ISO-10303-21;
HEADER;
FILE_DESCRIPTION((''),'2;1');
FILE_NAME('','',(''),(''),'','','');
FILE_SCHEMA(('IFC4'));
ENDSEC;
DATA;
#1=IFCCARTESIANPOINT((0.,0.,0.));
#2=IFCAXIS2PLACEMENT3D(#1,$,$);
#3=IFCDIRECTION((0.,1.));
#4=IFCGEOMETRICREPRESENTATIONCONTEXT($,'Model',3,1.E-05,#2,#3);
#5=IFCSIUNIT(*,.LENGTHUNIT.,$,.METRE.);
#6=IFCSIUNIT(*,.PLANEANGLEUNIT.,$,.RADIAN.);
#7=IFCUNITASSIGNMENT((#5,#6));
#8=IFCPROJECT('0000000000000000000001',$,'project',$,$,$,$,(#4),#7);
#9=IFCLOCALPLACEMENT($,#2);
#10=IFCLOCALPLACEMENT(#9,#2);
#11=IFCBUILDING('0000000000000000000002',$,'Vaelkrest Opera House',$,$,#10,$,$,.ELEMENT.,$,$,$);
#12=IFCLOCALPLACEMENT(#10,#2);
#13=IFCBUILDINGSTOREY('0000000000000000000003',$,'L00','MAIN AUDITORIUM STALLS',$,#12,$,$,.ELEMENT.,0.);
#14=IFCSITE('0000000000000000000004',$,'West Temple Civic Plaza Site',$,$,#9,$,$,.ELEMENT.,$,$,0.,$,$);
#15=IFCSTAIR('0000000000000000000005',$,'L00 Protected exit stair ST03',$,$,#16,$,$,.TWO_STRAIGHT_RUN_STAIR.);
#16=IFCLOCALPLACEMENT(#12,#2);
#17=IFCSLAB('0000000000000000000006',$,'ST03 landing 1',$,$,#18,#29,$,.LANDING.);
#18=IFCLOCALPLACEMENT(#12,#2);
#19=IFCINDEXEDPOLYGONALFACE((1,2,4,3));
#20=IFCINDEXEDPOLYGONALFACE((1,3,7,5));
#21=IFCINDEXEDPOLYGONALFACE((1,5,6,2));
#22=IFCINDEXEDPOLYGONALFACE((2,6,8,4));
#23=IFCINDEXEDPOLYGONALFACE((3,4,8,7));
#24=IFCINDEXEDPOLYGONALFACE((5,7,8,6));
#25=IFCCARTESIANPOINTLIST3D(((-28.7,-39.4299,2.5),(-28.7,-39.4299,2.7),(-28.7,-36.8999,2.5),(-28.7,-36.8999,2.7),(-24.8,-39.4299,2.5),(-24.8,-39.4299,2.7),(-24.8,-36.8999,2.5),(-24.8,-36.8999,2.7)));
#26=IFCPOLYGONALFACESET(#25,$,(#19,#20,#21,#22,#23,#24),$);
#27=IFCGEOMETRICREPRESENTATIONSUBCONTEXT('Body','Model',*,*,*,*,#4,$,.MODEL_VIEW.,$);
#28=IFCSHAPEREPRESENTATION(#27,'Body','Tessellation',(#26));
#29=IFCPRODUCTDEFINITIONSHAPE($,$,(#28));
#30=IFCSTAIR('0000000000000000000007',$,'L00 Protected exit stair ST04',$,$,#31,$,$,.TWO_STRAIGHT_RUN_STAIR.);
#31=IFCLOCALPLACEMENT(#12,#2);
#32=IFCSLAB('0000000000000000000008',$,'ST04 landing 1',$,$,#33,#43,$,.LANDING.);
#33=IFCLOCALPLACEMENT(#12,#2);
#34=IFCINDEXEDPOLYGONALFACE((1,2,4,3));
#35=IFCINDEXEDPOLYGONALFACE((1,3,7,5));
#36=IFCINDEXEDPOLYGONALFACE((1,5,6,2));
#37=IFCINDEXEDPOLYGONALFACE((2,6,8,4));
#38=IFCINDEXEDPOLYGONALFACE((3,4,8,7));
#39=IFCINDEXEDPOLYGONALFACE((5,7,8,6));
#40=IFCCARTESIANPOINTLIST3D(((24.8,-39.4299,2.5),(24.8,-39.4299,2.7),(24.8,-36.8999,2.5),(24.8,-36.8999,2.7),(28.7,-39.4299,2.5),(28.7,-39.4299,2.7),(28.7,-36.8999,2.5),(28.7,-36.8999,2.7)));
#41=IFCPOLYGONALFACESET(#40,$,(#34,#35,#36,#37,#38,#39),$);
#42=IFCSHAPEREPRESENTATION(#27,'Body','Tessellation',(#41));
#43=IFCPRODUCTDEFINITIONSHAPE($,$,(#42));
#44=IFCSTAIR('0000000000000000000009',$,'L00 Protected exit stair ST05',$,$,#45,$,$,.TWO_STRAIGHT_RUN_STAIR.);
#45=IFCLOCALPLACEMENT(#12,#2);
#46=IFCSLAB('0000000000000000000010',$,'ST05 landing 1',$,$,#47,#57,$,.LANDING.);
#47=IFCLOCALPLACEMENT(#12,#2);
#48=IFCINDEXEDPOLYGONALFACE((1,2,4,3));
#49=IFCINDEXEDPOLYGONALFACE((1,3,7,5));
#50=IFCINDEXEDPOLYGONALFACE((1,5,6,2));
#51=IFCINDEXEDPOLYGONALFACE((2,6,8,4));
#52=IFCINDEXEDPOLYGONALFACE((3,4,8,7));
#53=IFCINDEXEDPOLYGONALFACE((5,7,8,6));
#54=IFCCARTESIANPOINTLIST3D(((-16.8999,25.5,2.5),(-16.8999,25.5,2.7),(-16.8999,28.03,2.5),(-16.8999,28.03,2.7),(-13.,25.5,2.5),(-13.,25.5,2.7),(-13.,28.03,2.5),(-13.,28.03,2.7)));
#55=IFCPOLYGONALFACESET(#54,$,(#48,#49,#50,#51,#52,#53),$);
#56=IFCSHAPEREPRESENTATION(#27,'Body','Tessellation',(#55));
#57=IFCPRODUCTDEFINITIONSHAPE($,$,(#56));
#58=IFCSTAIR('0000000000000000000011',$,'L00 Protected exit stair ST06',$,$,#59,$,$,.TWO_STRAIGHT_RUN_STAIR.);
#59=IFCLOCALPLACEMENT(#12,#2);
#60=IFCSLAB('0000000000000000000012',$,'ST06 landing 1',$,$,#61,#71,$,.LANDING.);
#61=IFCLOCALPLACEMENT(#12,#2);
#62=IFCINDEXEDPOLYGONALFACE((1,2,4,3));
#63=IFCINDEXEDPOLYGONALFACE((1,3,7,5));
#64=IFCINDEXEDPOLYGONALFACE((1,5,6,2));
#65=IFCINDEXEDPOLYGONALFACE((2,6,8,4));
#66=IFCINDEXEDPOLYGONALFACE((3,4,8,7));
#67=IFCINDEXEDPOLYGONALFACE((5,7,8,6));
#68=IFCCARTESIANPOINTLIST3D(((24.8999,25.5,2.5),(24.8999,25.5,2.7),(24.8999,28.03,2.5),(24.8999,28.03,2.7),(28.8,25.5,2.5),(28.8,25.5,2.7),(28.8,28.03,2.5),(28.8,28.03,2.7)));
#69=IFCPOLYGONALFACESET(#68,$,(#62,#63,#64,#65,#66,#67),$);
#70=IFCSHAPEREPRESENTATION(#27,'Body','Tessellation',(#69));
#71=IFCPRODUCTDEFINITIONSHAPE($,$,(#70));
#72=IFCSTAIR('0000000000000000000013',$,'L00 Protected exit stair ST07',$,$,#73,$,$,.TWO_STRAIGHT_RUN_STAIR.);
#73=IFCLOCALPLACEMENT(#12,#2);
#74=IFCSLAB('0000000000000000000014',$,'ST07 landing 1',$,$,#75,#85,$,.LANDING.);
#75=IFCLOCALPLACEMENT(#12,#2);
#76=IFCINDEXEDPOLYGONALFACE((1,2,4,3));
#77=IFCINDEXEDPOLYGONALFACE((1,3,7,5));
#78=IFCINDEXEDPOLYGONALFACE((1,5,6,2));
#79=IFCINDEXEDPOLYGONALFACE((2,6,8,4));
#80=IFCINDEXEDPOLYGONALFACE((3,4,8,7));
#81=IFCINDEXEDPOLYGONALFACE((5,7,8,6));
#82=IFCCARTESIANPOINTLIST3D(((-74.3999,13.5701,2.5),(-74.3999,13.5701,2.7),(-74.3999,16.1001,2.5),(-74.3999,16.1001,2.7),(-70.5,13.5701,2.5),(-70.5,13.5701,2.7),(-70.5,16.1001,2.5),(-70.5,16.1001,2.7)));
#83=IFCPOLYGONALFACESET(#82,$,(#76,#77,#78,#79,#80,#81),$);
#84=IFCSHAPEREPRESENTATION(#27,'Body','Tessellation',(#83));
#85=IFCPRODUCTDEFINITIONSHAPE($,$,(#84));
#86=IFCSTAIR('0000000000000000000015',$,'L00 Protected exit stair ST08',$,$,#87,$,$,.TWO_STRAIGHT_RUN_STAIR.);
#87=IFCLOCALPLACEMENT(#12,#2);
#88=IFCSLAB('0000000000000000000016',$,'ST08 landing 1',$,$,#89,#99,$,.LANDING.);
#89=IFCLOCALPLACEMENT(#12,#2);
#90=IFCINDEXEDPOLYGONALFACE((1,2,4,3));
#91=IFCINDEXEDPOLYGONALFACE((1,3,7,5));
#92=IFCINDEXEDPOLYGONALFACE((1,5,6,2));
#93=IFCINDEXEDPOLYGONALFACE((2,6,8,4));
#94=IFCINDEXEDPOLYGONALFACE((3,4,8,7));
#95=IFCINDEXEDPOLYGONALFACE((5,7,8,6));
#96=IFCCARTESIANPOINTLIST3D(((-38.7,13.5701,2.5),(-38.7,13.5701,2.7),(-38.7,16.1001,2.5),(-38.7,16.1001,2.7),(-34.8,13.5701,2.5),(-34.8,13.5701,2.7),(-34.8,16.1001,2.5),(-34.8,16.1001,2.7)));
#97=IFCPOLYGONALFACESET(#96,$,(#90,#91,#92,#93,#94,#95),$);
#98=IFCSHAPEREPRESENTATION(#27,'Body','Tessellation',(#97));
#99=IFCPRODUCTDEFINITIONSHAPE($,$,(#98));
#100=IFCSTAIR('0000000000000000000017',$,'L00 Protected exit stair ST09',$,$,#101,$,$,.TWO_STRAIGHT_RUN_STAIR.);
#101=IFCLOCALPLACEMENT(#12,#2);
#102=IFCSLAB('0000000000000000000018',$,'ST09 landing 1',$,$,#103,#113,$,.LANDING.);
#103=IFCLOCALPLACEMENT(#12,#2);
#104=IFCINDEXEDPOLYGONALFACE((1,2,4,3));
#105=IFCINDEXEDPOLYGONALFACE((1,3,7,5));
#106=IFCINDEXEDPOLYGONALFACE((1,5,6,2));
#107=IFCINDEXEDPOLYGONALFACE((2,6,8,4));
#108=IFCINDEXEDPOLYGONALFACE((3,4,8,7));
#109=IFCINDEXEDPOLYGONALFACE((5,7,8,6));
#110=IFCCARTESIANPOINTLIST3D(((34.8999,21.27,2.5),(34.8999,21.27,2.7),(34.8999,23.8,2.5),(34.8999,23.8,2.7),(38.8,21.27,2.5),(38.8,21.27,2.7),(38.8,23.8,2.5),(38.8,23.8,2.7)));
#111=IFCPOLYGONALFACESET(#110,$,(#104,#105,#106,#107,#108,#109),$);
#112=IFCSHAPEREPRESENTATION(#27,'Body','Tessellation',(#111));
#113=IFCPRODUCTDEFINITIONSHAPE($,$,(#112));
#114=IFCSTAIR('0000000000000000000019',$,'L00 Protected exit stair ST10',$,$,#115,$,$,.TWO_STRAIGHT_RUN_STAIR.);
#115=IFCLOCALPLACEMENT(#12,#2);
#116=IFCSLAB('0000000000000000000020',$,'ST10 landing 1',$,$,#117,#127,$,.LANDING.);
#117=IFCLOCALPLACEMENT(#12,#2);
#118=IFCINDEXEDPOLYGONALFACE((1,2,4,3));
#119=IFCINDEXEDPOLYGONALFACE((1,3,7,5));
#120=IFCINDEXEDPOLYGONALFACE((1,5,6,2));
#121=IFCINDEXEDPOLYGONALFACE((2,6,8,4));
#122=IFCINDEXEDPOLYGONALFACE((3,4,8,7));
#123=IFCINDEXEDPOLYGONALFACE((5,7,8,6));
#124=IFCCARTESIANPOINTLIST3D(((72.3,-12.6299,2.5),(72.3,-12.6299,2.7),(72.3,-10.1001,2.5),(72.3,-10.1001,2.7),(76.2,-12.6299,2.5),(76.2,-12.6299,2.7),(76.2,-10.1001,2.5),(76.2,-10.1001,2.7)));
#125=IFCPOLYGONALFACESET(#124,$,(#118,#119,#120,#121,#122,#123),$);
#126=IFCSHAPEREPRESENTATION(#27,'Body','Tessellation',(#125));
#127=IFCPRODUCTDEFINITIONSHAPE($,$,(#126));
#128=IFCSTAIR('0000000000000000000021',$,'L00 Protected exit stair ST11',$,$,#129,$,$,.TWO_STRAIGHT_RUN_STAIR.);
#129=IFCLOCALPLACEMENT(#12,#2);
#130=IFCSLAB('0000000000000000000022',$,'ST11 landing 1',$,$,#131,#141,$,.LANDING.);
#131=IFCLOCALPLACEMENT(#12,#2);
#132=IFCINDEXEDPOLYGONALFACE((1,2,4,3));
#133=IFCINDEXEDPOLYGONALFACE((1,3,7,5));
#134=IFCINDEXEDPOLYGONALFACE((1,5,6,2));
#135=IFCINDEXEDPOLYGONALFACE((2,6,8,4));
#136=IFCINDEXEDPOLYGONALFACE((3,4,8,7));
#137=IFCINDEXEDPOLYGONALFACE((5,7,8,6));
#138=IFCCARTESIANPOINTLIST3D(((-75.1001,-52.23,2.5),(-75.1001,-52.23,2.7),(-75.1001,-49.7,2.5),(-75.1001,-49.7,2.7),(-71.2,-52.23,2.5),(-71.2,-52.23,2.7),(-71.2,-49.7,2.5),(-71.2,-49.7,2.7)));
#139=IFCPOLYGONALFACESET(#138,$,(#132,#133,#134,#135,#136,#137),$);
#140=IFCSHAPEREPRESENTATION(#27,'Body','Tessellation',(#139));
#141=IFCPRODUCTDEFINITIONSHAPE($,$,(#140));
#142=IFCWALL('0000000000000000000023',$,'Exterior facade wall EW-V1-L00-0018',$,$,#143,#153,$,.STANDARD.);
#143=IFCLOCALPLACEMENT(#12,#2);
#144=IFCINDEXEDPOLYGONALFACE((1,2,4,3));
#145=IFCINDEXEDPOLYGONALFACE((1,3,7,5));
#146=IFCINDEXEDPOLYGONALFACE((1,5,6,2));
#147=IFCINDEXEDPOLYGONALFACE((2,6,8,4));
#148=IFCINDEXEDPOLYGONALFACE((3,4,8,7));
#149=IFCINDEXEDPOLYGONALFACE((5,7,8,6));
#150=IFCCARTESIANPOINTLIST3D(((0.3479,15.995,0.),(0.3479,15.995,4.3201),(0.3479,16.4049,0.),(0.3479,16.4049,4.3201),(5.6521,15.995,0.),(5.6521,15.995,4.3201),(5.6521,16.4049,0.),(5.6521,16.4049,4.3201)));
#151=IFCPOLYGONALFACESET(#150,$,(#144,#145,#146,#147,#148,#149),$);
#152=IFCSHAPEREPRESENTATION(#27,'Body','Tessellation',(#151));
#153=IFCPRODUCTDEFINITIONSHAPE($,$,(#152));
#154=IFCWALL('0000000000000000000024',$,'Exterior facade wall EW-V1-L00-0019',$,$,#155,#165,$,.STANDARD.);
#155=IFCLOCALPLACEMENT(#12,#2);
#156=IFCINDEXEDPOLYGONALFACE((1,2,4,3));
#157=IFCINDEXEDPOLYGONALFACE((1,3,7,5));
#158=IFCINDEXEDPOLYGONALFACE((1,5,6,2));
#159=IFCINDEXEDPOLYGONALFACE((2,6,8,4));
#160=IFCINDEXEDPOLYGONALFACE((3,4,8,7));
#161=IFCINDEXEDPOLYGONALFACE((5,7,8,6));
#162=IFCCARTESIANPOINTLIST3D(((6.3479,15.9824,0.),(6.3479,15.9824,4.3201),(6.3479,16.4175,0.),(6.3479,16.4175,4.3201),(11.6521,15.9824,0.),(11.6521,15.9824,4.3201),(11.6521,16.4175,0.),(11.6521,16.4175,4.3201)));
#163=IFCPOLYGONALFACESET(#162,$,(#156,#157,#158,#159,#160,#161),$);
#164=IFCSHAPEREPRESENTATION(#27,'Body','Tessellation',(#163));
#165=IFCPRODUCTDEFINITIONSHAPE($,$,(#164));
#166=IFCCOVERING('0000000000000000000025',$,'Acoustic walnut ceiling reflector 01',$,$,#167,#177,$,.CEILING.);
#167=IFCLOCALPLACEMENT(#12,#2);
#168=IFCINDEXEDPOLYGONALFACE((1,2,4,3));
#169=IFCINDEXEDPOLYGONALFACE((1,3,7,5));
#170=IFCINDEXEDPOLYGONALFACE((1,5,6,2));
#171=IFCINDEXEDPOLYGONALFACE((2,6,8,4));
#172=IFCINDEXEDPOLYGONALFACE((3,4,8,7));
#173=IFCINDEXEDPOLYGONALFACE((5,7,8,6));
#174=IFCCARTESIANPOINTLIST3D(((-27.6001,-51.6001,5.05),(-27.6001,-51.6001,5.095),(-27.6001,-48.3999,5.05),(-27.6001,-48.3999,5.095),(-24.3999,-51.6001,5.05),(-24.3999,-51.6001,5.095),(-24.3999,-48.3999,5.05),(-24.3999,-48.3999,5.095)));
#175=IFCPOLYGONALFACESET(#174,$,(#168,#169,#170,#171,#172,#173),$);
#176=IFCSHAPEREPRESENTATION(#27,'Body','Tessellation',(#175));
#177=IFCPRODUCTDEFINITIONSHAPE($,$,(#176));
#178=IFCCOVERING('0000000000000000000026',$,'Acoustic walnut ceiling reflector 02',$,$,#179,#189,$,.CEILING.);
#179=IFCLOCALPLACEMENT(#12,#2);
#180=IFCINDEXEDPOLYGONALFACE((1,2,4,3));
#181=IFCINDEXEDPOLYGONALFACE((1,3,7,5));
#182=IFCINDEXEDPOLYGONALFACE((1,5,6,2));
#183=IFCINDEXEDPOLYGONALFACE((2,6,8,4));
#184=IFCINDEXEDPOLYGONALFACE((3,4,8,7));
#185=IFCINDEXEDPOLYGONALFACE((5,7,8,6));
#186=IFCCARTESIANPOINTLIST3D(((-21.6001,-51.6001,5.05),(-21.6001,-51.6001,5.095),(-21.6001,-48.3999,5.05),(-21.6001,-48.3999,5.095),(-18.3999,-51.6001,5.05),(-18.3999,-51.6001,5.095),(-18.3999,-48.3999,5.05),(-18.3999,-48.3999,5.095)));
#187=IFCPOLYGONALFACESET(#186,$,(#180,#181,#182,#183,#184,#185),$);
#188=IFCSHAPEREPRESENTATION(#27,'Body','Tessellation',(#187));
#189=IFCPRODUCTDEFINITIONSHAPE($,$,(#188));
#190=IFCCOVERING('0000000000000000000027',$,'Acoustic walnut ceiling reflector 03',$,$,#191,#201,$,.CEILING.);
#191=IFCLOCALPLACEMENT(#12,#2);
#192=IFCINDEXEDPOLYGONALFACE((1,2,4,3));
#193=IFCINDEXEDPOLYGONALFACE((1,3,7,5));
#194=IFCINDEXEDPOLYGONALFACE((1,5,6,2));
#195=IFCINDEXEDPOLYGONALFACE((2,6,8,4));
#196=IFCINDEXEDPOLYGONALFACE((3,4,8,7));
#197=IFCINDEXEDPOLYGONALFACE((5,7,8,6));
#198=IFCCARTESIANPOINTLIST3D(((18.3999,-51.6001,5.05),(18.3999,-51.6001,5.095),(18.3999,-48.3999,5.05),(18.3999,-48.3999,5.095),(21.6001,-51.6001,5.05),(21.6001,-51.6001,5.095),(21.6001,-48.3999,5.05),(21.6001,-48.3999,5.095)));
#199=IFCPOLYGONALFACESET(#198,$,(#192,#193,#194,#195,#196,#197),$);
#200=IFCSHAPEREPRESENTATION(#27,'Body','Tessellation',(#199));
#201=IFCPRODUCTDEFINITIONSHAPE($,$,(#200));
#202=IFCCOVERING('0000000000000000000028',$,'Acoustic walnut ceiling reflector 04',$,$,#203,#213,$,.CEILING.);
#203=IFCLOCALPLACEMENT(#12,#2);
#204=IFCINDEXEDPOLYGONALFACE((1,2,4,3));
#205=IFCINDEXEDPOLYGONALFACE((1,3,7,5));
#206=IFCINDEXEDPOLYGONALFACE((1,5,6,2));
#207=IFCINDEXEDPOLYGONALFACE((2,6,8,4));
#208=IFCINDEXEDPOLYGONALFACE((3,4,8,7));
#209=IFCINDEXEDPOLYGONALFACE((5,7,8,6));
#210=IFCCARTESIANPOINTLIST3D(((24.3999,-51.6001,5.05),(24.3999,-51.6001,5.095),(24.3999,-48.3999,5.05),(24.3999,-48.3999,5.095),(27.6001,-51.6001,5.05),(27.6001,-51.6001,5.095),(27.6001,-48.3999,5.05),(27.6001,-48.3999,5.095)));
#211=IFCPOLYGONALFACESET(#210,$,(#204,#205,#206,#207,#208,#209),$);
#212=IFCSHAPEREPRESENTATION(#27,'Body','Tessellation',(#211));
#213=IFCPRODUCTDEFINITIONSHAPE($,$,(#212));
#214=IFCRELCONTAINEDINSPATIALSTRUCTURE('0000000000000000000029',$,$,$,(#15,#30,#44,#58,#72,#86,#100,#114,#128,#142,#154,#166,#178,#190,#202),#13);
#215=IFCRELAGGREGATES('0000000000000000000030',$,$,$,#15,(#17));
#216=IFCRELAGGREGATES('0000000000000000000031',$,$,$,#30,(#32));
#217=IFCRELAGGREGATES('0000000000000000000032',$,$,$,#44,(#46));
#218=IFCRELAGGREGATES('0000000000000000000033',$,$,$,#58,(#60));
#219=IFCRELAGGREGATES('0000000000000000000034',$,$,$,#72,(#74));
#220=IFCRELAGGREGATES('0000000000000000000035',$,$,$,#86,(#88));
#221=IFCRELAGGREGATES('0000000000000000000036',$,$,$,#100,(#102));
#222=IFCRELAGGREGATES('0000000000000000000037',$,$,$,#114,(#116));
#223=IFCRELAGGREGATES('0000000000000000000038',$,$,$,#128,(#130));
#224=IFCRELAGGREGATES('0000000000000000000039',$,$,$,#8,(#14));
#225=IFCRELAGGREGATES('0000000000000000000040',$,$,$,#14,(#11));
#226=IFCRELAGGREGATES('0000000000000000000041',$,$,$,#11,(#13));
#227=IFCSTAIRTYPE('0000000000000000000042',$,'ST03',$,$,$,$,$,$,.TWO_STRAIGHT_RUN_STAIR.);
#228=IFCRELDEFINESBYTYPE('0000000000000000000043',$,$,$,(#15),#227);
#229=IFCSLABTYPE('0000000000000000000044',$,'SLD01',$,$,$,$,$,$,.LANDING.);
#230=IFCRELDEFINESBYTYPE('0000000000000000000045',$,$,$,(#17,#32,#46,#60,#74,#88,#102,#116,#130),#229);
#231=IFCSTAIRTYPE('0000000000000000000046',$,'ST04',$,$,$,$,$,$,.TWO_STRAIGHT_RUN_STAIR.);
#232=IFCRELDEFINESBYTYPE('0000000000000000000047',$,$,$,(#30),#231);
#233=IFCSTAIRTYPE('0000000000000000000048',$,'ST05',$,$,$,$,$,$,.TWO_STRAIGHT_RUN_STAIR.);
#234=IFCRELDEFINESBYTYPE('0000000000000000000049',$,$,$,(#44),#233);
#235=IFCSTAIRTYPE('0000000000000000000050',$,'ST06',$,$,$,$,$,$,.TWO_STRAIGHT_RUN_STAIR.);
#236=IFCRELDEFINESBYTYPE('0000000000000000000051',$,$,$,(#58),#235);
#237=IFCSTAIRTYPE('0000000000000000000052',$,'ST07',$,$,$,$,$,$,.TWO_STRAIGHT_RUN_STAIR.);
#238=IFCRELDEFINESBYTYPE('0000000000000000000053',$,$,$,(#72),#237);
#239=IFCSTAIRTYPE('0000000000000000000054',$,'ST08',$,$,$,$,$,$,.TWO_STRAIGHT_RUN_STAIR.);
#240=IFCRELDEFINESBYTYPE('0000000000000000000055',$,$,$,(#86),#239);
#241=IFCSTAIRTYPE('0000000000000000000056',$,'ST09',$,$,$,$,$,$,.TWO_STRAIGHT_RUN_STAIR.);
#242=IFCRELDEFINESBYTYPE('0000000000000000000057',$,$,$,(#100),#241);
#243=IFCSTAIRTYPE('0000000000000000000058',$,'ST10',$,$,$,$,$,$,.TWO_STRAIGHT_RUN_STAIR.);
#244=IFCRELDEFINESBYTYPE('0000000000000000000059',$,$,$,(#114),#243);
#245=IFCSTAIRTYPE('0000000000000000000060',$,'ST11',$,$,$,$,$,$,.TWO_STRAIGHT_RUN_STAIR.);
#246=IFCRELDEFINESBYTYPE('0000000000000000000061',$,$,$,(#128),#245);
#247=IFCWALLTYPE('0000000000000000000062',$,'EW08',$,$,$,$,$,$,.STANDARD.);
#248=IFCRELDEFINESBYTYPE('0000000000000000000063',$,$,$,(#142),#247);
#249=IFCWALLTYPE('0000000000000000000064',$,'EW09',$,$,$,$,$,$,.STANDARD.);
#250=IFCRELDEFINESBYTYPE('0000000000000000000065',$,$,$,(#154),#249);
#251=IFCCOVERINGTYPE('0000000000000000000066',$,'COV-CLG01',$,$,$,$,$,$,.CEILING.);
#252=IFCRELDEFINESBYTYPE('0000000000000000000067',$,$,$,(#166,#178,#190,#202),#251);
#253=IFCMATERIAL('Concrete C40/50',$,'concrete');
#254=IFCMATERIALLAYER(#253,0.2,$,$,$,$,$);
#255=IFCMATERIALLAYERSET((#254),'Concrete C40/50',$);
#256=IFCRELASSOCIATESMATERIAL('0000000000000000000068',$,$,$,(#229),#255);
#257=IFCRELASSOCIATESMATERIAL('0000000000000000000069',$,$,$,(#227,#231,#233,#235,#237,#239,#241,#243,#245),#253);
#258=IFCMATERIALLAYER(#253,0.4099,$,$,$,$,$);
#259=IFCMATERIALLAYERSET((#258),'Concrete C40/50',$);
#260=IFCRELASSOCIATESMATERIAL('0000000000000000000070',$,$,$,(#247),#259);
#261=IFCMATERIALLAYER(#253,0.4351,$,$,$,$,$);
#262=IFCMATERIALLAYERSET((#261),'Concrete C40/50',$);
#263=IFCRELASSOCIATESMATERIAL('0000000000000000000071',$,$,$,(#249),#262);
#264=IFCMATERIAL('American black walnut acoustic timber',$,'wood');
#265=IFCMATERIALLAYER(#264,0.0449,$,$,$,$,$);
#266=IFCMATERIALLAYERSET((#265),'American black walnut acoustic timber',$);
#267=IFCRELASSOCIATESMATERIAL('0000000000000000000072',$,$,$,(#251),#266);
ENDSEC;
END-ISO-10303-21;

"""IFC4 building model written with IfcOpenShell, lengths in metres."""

from ifc_helpers import new_model, si_unit, direction, frame, frame_2d, origin, place, context, subcontext, project, spatial, polyline, rectangle, outline, extrude, material, layer, layer_set, type_object, element, aggregate, save


model = new_model("IFC4")

# Units and contexts
model_context = context("Model", 3, precision=1e-05, world=origin(), true_north=direction((0.0, 1.0)))
body_context = subcontext(model_context, "Body", "Model", "MODEL_VIEW")
ifc_project = project(units=[si_unit("LENGTHUNIT", "METRE"), si_unit("PLANEANGLEUNIT", "RADIAN")], contexts=[model_context])

# Site, building, storey
site_placement = place(None, origin())
site = spatial("IfcSite", under=ifc_project, at=site_placement, Name="West Temple Civic Plaza Site", CompositionType="ELEMENT", RefElevation=0.0)
building_placement = place(site_placement, origin())
building = spatial("IfcBuilding", under=site, at=building_placement, Name="Vaelkrest Opera House", CompositionType="ELEMENT")
storey_placement = place(building_placement, origin())
storey = spatial("IfcBuildingStorey", under=building, at=storey_placement, Name="L00", Description="MAIN AUDITORIUM STALLS", CompositionType="ELEMENT", Elevation=0.0)

# Stairs, slabs
ifc_material_1 = material(Name="Concrete C40/50", Category="concrete")
ifc_layer_1 = layer(ifc_material_1, 0.2)
ifc_layer_set_1 = layer_set([ifc_layer_1], Name="Concrete C40/50")
slab_type = type_object("IfcSlabType", Name="SLD01", PredefinedType="LANDING", material=ifc_layer_set_1)
stair_type_1 = type_object("IfcStairType", Name="ST03", PredefinedType="TWO_STRAIGHT_RUN_STAIR", material=ifc_material_1)
stair_1_placement = place(storey_placement, origin())
stair_1 = element("IfcStair", 1, at=stair_1_placement, inside=storey, type_object=stair_type_1, Name="L00 Protected exit stair ST03", PredefinedType="TWO_STRAIGHT_RUN_STAIR")
slab_1_placement = place(storey_placement, frame((0.0, 0.0, 2.5)))
slab_1 = element("IfcSlab", 2, at=slab_1_placement, type_object=slab_type, Name="ST03 landing 1", PredefinedType="LANDING", context=body_context, shape_type="SweptSolid", body=[
    extrude(outline(polyline([(-24.8, -39.4299), (-24.8, -36.8999), (-28.7, -36.8999), (-28.7, -39.4299), (-24.8, -39.4299)])), origin(), (0.0, 0.0, 1.0), 0.2),
])
aggregate(stair_1, [slab_1])
stair_type_2 = type_object("IfcStairType", Name="ST04", PredefinedType="TWO_STRAIGHT_RUN_STAIR", material=ifc_material_1)
stair_2_placement = place(storey_placement, origin())
stair_2 = element("IfcStair", 3, at=stair_2_placement, inside=storey, type_object=stair_type_2, Name="L00 Protected exit stair ST04", PredefinedType="TWO_STRAIGHT_RUN_STAIR")
slab_2_placement = place(storey_placement, frame((0.0, 0.0, 2.5)))
slab_2 = element("IfcSlab", 4, at=slab_2_placement, type_object=slab_type, Name="ST04 landing 1", PredefinedType="LANDING", context=body_context, shape_type="SweptSolid", body=[
    extrude(outline(polyline([(28.7, -39.4299), (28.7, -36.8999), (24.8, -36.8999), (24.8, -39.4299), (28.7, -39.4299)])), origin(), (0.0, 0.0, 1.0), 0.2),
])
aggregate(stair_2, [slab_2])
stair_type_3 = type_object("IfcStairType", Name="ST05", PredefinedType="TWO_STRAIGHT_RUN_STAIR", material=ifc_material_1)
stair_3_placement = place(storey_placement, origin())
stair_3 = element("IfcStair", 5, at=stair_3_placement, inside=storey, type_object=stair_type_3, Name="L00 Protected exit stair ST05", PredefinedType="TWO_STRAIGHT_RUN_STAIR")
slab_3_placement = place(storey_placement, frame((0.0, 0.0, 2.5)))
slab_3 = element("IfcSlab", 6, at=slab_3_placement, type_object=slab_type, Name="ST05 landing 1", PredefinedType="LANDING", context=body_context, shape_type="SweptSolid", body=[
    extrude(outline(polyline([(-16.8999, 28.03), (-16.8999, 25.5), (-13.0, 25.5), (-13.0, 28.03), (-16.8999, 28.03)])), origin(), (0.0, 0.0, 1.0), 0.2),
])
aggregate(stair_3, [slab_3])
stair_type_4 = type_object("IfcStairType", Name="ST06", PredefinedType="TWO_STRAIGHT_RUN_STAIR", material=ifc_material_1)
stair_4_placement = place(storey_placement, origin())
stair_4 = element("IfcStair", 7, at=stair_4_placement, inside=storey, type_object=stair_type_4, Name="L00 Protected exit stair ST06", PredefinedType="TWO_STRAIGHT_RUN_STAIR")
slab_4_placement = place(storey_placement, frame((0.0, 0.0, 2.5)))
slab_4 = element("IfcSlab", 8, at=slab_4_placement, type_object=slab_type, Name="ST06 landing 1", PredefinedType="LANDING", context=body_context, shape_type="SweptSolid", body=[
    extrude(outline(polyline([(24.8999, 28.03), (24.8999, 25.5), (28.8, 25.5), (28.8, 28.03), (24.8999, 28.03)])), origin(), (0.0, 0.0, 1.0), 0.2),
])
aggregate(stair_4, [slab_4])
stair_type_5 = type_object("IfcStairType", Name="ST07", PredefinedType="TWO_STRAIGHT_RUN_STAIR", material=ifc_material_1)
stair_5_placement = place(storey_placement, origin())
stair_5 = element("IfcStair", 9, at=stair_5_placement, inside=storey, type_object=stair_type_5, Name="L00 Protected exit stair ST07", PredefinedType="TWO_STRAIGHT_RUN_STAIR")
slab_5_placement = place(storey_placement, frame((0.0, 0.0, 2.5)))
slab_5 = element("IfcSlab", 10, at=slab_5_placement, type_object=slab_type, Name="ST07 landing 1", PredefinedType="LANDING", context=body_context, shape_type="SweptSolid", body=[
    extrude(outline(polyline([(-70.5, 13.5701), (-70.5, 16.1001), (-74.3999, 16.1001), (-74.3999, 13.5701), (-70.5, 13.5701)])), origin(), (0.0, 0.0, 1.0), 0.2),
])
aggregate(stair_5, [slab_5])
stair_type_6 = type_object("IfcStairType", Name="ST08", PredefinedType="TWO_STRAIGHT_RUN_STAIR", material=ifc_material_1)
stair_6_placement = place(storey_placement, origin())
stair_6 = element("IfcStair", 11, at=stair_6_placement, inside=storey, type_object=stair_type_6, Name="L00 Protected exit stair ST08", PredefinedType="TWO_STRAIGHT_RUN_STAIR")
slab_6_placement = place(storey_placement, frame((0.0, 0.0, 2.5)))
slab_6 = element("IfcSlab", 12, at=slab_6_placement, type_object=slab_type, Name="ST08 landing 1", PredefinedType="LANDING", context=body_context, shape_type="SweptSolid", body=[
    extrude(outline(polyline([(-34.8, 13.5701), (-34.8, 16.1001), (-38.7, 16.1001), (-38.7, 13.5701), (-34.8, 13.5701)])), origin(), (0.0, 0.0, 1.0), 0.2),
])
aggregate(stair_6, [slab_6])
stair_type_7 = type_object("IfcStairType", Name="ST09", PredefinedType="TWO_STRAIGHT_RUN_STAIR", material=ifc_material_1)
stair_7_placement = place(storey_placement, origin())
stair_7 = element("IfcStair", 13, at=stair_7_placement, inside=storey, type_object=stair_type_7, Name="L00 Protected exit stair ST09", PredefinedType="TWO_STRAIGHT_RUN_STAIR")
slab_7_placement = place(storey_placement, frame((0.0, 0.0, 2.5)))
slab_7 = element("IfcSlab", 14, at=slab_7_placement, type_object=slab_type, Name="ST09 landing 1", PredefinedType="LANDING", context=body_context, shape_type="SweptSolid", body=[
    extrude(outline(polyline([(38.8, 21.27), (38.8, 23.8), (34.8999, 23.8), (34.8999, 21.27), (38.8, 21.27)])), origin(), (0.0, 0.0, 1.0), 0.2),
])
aggregate(stair_7, [slab_7])
stair_type_8 = type_object("IfcStairType", Name="ST10", PredefinedType="TWO_STRAIGHT_RUN_STAIR", material=ifc_material_1)
stair_8_placement = place(storey_placement, origin())
stair_8 = element("IfcStair", 15, at=stair_8_placement, inside=storey, type_object=stair_type_8, Name="L00 Protected exit stair ST10", PredefinedType="TWO_STRAIGHT_RUN_STAIR")
slab_8_placement = place(storey_placement, frame((0.0, 0.0, 2.5)))
slab_8 = element("IfcSlab", 16, at=slab_8_placement, type_object=slab_type, Name="ST10 landing 1", PredefinedType="LANDING", context=body_context, shape_type="SweptSolid", body=[
    extrude(outline(polyline([(76.2, -12.6299), (76.2, -10.1001), (72.3, -10.1001), (72.3, -12.6299), (76.2, -12.6299)])), origin(), (0.0, 0.0, 1.0), 0.2),
])
aggregate(stair_8, [slab_8])
stair_type_9 = type_object("IfcStairType", Name="ST11", PredefinedType="TWO_STRAIGHT_RUN_STAIR", material=ifc_material_1)
stair_9_placement = place(storey_placement, origin())
stair_9 = element("IfcStair", 17, at=stair_9_placement, inside=storey, type_object=stair_type_9, Name="L00 Protected exit stair ST11", PredefinedType="TWO_STRAIGHT_RUN_STAIR")
slab_9_placement = place(storey_placement, frame((0.0, 0.0, 2.5)))
slab_9 = element("IfcSlab", 18, at=slab_9_placement, type_object=slab_type, Name="ST11 landing 1", PredefinedType="LANDING", context=body_context, shape_type="SweptSolid", body=[
    extrude(outline(polyline([(-71.2, -52.23), (-71.2, -49.7), (-75.1001, -49.7), (-75.1001, -52.23), (-71.2, -52.23)])), origin(), (0.0, 0.0, 1.0), 0.2),
])
aggregate(stair_9, [slab_9])

# Walls
ifc_layer_2 = layer(ifc_material_1, 0.4099)
ifc_layer_set_2 = layer_set([ifc_layer_2], Name="Concrete C40/50")
wall_type_1 = type_object("IfcWallType", Name="EW08", PredefinedType="STANDARD", material=ifc_layer_set_2)
wall_1_placement = place(storey_placement, frame((0.3479, 16.2, 0.0), z_axis=(0.0, 0.0, 1.0), x_axis=(1.0, 0.0, 0.0)))
element("IfcWall", 19, at=wall_1_placement, inside=storey, type_object=wall_type_1, Name="Exterior facade wall EW-V1-L00-0018", PredefinedType="STANDARD", context=body_context, shape_type="SweptSolid", body=[
    extrude(rectangle(XDim=5.3042, YDim=0.4099, at=frame_2d((2.6521, 0.0))), origin(), (0.0, 0.0, 1.0), 4.3201),
])
ifc_layer_3 = layer(ifc_material_1, 0.4351)
ifc_layer_set_3 = layer_set([ifc_layer_3], Name="Concrete C40/50")
wall_type_2 = type_object("IfcWallType", Name="EW09", PredefinedType="STANDARD", material=ifc_layer_set_3)
wall_2_placement = place(storey_placement, frame((6.3479, 16.2, 0.0), z_axis=(0.0, 0.0, 1.0), x_axis=(1.0, 0.0, 0.0)))
element("IfcWall", 20, at=wall_2_placement, inside=storey, type_object=wall_type_2, Name="Exterior facade wall EW-V1-L00-0019", PredefinedType="STANDARD", context=body_context, shape_type="SweptSolid", body=[
    extrude(rectangle(XDim=5.3042, YDim=0.4351, at=frame_2d((2.6521, 0.0))), origin(), (0.0, 0.0, 1.0), 4.3201),
])

# Coverings
ifc_material_2 = material(Name="American black walnut acoustic timber", Category="wood")
ifc_layer_4 = layer(ifc_material_2, 0.0449)
ifc_layer_set_4 = layer_set([ifc_layer_4], Name="American black walnut acoustic timber")
covering_type_1 = type_object("IfcCoveringType", Name="COV-CLG01", PredefinedType="CEILING", material=ifc_layer_set_4)
covering_1_placement = place(storey_placement, frame((0.0, 0.0, 5.05)))
element("IfcCovering", 21, at=covering_1_placement, inside=storey, type_object=covering_type_1, Name="Acoustic walnut ceiling reflector 01", PredefinedType="CEILING", context=body_context, shape_type="SweptSolid", body=[
    extrude(outline(polyline([(-27.6001, -51.6001), (-24.3999, -51.6001), (-24.3999, -48.3999), (-27.6001, -48.3999), (-27.6001, -51.6001)])), origin(), (0.0, 0.0, 1.0), 0.0449),
])
covering_2_placement = place(storey_placement, frame((0.0, 0.0, 5.05)))
element("IfcCovering", 22, at=covering_2_placement, inside=storey, type_object=covering_type_1, Name="Acoustic walnut ceiling reflector 02", PredefinedType="CEILING", context=body_context, shape_type="SweptSolid", body=[
    extrude(outline(polyline([(-21.6001, -51.6001), (-18.3999, -51.6001), (-18.3999, -48.3999), (-21.6001, -48.3999), (-21.6001, -51.6001)])), origin(), (0.0, 0.0, 1.0), 0.0449),
])
covering_3_placement = place(storey_placement, frame((0.0, 0.0, 5.05)))
element("IfcCovering", 23, at=covering_3_placement, inside=storey, type_object=covering_type_1, Name="Acoustic walnut ceiling reflector 03", PredefinedType="CEILING", context=body_context, shape_type="SweptSolid", body=[
    extrude(outline(polyline([(18.3999, -51.6001), (21.6001, -51.6001), (21.6001, -48.3999), (18.3999, -48.3999), (18.3999, -51.6001)])), origin(), (0.0, 0.0, 1.0), 0.0449),
])
covering_4_placement = place(storey_placement, frame((0.0, 0.0, 5.05)))
element("IfcCovering", 24, at=covering_4_placement, inside=storey, type_object=covering_type_1, Name="Acoustic walnut ceiling reflector 04", PredefinedType="CEILING", context=body_context, shape_type="SweptSolid", body=[
    extrude(outline(polyline([(24.3999, -51.6001), (27.6001, -51.6001), (27.6001, -48.3999), (24.3999, -48.3999), (24.3999, -51.6001)])), origin(), (0.0, 0.0, 1.0), 0.0449),
])

save(model, "model.ifc")
